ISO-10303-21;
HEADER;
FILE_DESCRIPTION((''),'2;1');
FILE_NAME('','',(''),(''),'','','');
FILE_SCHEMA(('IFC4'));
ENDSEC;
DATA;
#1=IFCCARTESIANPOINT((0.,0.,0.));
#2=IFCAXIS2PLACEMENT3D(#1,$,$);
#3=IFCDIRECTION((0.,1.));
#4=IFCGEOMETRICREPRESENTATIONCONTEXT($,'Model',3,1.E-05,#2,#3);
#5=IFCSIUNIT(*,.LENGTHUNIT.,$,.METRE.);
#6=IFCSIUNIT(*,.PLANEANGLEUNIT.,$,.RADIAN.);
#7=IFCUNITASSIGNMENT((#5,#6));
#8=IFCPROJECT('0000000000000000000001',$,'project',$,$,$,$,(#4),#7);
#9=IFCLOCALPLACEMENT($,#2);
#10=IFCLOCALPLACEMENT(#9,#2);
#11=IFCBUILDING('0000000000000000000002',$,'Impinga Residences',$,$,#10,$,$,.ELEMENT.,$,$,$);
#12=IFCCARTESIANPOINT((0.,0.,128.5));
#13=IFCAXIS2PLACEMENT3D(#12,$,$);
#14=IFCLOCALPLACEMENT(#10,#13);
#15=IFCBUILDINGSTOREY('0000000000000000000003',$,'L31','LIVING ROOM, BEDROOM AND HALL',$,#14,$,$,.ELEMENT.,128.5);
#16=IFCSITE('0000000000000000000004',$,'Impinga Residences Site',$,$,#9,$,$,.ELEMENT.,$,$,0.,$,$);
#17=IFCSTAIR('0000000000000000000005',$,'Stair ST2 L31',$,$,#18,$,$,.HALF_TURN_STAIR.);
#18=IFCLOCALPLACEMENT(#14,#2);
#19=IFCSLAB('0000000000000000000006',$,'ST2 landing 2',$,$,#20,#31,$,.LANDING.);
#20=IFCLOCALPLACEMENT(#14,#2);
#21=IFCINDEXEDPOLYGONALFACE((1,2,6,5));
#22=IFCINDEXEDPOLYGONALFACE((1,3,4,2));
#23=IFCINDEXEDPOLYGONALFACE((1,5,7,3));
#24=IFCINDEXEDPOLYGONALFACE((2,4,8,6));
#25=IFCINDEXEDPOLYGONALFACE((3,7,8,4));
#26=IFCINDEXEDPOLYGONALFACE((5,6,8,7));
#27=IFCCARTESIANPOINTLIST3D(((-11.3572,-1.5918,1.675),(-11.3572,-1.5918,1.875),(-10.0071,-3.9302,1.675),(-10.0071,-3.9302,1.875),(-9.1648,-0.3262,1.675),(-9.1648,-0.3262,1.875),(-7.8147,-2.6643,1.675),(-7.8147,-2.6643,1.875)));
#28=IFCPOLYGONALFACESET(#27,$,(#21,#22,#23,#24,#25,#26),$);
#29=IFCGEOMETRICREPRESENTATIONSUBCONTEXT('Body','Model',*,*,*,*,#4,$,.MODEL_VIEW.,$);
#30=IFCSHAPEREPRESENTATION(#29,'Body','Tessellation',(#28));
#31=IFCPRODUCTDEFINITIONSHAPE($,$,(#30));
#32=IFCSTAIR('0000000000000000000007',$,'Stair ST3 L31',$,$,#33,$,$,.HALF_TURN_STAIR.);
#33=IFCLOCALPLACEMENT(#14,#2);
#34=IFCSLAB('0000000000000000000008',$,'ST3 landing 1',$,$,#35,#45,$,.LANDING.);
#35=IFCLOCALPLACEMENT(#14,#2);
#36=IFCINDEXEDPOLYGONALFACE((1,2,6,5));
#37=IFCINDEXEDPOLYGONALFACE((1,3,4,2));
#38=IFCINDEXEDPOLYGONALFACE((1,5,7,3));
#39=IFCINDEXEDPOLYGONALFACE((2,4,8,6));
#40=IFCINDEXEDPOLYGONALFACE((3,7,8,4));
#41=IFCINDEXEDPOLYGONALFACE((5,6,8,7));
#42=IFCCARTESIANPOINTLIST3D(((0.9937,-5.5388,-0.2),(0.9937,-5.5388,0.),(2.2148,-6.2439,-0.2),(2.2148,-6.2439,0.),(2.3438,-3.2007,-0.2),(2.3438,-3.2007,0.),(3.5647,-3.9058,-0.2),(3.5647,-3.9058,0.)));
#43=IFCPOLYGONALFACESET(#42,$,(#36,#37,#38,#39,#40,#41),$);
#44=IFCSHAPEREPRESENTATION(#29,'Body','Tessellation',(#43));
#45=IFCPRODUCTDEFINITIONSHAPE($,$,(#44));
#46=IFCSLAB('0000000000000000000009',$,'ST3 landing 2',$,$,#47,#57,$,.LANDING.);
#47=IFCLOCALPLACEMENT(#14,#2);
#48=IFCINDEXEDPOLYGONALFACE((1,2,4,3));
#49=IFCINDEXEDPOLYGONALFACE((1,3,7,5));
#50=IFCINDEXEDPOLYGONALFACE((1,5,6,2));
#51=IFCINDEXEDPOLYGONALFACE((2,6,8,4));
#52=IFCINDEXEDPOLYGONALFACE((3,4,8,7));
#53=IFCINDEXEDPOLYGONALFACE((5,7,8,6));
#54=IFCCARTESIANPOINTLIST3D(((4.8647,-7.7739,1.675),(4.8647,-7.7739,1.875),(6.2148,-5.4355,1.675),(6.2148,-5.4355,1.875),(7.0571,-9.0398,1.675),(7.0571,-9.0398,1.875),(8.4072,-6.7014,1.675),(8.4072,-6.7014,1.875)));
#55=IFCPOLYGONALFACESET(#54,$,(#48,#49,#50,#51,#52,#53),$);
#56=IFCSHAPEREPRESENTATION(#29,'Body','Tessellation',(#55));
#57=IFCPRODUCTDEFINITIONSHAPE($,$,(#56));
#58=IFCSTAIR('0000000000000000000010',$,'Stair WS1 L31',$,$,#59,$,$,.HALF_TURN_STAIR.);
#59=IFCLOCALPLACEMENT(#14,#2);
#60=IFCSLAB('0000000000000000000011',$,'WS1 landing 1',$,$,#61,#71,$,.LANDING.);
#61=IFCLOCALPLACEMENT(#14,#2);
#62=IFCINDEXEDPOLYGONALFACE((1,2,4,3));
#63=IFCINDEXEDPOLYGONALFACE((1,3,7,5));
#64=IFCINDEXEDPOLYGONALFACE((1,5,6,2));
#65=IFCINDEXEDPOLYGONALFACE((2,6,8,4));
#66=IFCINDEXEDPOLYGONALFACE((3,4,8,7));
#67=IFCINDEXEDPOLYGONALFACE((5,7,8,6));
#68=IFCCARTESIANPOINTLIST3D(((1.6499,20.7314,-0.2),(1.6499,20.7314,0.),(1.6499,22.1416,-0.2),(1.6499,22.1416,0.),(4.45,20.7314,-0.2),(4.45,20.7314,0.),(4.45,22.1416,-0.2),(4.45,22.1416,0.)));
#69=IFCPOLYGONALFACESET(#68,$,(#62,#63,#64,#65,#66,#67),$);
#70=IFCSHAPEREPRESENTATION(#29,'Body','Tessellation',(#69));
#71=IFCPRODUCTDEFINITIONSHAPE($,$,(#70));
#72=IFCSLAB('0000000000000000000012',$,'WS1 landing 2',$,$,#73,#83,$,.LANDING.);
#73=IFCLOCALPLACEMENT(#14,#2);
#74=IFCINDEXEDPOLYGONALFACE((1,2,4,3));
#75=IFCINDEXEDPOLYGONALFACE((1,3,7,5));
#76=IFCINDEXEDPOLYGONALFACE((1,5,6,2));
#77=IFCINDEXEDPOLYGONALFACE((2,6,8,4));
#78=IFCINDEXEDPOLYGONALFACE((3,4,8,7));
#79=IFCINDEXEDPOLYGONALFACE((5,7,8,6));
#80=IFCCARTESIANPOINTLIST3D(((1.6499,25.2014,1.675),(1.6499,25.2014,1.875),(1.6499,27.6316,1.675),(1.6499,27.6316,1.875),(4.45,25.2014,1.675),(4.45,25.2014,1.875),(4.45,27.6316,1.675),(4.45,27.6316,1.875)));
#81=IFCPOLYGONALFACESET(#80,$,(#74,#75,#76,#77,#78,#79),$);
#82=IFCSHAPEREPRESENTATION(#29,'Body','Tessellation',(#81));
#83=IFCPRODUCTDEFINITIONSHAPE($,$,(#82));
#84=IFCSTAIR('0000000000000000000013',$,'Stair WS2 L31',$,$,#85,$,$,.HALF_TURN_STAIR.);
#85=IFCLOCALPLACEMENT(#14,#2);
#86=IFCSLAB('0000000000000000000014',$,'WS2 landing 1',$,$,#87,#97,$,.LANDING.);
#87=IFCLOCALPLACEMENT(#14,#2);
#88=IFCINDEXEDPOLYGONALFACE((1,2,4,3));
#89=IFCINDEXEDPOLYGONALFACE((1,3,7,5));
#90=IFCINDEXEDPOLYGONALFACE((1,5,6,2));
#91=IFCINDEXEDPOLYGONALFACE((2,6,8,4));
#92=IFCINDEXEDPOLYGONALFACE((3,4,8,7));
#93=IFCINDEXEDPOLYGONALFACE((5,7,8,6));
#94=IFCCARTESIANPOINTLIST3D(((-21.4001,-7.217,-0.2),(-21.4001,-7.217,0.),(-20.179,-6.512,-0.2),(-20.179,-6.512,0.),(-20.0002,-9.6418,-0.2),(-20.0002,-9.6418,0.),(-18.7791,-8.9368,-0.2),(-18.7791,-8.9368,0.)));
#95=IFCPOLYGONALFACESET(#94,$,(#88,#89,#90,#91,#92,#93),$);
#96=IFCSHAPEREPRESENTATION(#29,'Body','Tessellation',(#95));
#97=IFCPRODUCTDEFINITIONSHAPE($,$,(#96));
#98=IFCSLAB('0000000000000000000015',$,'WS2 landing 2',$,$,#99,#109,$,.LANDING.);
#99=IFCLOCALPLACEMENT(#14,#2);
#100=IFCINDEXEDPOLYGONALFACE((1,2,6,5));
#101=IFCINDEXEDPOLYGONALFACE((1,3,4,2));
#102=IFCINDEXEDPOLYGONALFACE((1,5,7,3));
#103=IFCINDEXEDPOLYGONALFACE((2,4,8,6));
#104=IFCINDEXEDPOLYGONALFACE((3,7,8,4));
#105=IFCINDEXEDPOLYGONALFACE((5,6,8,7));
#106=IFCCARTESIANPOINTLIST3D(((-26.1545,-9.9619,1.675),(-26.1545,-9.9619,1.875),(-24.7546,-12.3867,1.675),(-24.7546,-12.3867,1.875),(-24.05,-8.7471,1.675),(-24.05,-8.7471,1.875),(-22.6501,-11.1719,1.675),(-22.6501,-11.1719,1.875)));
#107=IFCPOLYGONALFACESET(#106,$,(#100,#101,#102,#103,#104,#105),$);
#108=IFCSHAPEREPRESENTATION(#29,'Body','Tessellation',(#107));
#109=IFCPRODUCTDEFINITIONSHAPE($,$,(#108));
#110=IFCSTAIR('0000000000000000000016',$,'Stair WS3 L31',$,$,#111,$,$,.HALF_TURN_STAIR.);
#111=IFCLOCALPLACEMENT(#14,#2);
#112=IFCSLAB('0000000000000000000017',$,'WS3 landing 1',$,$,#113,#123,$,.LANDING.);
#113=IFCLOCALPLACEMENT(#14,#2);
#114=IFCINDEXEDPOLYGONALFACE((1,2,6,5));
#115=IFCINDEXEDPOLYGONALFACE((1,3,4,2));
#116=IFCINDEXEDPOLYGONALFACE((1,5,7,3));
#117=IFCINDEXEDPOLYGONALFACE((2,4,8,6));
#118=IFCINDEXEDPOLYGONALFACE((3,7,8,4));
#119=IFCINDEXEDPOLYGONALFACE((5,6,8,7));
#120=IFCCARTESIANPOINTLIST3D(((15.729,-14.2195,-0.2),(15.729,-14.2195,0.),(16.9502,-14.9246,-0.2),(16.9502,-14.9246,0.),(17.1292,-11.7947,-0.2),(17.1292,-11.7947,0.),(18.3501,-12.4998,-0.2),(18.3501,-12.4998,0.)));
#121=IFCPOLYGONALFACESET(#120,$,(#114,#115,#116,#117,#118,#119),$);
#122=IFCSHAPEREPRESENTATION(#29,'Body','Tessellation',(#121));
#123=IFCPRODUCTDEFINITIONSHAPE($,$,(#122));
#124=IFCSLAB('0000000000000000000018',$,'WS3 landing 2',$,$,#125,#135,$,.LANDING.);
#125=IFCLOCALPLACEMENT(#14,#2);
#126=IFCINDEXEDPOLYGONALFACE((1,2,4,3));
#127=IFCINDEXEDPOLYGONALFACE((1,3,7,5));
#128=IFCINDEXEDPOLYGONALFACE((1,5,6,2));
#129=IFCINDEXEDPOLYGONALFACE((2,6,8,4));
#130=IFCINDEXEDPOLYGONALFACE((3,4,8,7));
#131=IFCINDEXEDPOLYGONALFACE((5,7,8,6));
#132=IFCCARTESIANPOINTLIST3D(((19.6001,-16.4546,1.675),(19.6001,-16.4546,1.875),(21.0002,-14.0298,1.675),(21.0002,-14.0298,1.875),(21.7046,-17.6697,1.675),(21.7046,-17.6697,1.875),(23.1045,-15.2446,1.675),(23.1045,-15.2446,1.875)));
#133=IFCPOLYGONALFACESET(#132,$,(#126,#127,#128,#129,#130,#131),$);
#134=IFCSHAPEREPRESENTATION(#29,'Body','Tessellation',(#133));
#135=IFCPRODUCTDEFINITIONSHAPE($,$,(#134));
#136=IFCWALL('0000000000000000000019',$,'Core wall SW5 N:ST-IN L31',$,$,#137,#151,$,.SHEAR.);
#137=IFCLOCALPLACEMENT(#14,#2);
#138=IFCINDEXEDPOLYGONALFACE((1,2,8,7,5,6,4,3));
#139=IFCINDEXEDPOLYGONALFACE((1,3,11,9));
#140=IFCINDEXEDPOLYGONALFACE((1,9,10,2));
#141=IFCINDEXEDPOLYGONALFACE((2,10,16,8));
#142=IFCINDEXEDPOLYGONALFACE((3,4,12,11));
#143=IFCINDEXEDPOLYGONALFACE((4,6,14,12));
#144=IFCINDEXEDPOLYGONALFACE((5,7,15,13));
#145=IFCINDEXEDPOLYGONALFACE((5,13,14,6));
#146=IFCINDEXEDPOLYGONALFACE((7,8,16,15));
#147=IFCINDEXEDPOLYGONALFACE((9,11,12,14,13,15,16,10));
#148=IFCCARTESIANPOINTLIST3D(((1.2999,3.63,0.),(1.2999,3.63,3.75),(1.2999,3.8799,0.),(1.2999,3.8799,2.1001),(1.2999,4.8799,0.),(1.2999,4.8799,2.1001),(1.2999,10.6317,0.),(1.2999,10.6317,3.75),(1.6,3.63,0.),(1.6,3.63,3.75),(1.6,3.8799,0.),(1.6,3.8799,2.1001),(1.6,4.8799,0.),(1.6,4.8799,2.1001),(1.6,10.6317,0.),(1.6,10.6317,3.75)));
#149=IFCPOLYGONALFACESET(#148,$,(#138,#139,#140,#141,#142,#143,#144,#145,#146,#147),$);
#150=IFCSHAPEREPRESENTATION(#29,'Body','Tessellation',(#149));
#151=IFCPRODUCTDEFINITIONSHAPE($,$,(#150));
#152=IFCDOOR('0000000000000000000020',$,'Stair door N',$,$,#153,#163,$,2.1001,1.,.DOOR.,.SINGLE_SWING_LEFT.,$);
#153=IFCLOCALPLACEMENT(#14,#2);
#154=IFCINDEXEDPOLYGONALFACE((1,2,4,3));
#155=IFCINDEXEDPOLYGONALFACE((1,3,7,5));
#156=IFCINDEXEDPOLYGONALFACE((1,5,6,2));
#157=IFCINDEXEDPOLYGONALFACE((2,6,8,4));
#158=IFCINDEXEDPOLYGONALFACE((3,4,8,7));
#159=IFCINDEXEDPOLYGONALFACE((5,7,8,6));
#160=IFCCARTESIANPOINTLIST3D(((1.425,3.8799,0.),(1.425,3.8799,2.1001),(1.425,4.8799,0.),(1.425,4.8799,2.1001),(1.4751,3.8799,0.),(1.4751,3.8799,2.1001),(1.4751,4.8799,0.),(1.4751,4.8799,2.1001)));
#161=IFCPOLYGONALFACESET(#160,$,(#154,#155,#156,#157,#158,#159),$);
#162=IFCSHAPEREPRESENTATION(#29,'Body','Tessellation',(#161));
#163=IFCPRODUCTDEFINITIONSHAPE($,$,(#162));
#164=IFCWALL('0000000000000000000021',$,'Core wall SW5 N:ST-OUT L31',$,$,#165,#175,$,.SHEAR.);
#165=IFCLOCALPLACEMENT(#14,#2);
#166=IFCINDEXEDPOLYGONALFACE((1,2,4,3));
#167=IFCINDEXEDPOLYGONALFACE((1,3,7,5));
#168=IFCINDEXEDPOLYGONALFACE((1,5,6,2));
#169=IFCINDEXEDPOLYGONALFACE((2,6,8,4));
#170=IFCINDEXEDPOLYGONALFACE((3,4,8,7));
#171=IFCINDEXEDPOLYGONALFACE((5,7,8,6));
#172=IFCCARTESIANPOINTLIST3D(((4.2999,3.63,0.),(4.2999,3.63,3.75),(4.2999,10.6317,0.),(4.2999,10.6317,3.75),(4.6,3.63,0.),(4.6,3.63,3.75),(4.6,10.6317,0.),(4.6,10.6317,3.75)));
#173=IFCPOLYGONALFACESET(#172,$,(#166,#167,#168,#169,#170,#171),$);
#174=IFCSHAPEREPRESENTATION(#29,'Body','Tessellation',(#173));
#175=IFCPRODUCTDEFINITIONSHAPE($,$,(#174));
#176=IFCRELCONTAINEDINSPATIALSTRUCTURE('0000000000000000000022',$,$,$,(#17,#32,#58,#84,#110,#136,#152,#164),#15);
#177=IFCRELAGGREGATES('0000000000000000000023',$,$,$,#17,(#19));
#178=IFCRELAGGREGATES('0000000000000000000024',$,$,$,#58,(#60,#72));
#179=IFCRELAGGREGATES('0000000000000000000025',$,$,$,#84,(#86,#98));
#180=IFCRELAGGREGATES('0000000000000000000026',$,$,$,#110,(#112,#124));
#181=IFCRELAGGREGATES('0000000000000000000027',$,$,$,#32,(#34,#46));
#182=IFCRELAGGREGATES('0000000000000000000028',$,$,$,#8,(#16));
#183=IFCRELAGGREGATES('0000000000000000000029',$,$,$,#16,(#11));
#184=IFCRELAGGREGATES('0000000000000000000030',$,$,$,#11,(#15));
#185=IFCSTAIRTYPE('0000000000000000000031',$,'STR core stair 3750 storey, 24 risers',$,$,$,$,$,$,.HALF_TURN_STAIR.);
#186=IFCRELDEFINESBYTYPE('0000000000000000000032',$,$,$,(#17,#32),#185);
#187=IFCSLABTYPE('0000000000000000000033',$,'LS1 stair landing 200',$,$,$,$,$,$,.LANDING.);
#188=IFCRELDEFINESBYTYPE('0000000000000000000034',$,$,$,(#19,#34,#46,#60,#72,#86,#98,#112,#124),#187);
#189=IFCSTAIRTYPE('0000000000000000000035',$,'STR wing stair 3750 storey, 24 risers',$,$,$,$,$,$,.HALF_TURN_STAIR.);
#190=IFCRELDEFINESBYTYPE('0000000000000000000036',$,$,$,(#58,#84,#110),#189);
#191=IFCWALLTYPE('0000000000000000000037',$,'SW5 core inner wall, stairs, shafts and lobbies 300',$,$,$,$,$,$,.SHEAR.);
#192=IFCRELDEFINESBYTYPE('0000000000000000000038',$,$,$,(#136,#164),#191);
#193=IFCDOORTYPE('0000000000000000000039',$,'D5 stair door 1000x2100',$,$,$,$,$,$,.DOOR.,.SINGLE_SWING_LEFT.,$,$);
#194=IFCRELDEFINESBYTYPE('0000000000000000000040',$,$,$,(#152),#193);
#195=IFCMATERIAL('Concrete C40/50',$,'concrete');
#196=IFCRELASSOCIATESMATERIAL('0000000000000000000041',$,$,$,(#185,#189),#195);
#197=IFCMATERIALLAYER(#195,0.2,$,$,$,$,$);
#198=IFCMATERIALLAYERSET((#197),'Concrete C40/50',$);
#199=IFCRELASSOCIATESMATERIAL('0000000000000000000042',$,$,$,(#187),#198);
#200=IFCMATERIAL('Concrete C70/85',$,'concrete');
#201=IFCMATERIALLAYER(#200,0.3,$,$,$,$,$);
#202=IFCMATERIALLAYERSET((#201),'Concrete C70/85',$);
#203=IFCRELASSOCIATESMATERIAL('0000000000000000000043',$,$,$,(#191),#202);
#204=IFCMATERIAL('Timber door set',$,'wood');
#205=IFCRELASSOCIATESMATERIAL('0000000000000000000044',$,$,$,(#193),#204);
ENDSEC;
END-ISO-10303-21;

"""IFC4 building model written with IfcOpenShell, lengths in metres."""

from ifc_helpers import new_model, si_unit, direction, frame, frame_2d, origin, place, context, subcontext, project, spatial, polyline, rectangle, outline, extrude, material, layer, layer_set, type_object, element, fill, aggregate, save


model = new_model("IFC4")

# Units and contexts
model_context = context("Model", 3, precision=1e-05, world=origin(), true_north=direction((0.0, 1.0)))
body_context = subcontext(model_context, "Body", "Model", "MODEL_VIEW")
ifc_project = project(units=[si_unit("LENGTHUNIT", "METRE"), si_unit("PLANEANGLEUNIT", "RADIAN")], contexts=[model_context])

# Site, building, storey
site_placement = place(None, origin())
site = spatial("IfcSite", under=ifc_project, at=site_placement, Name="Impinga Residences Site", CompositionType="ELEMENT", RefElevation=0.0)
building_placement = place(site_placement, origin())
building = spatial("IfcBuilding", under=site, at=building_placement, Name="Impinga Residences", CompositionType="ELEMENT")
storey_placement = place(building_placement, frame((0.0, 0.0, 128.5)))
storey = spatial("IfcBuildingStorey", under=building, at=storey_placement, Name="L31", Description="LIVING ROOM, BEDROOM AND HALL", CompositionType="ELEMENT", Elevation=128.5)

# Stair, slab
ifc_material_1 = material(Name="Concrete C40/50", Category="concrete")
stair_type_1 = type_object("IfcStairType", Name="STR core stair 3750 storey, 24 risers", PredefinedType="HALF_TURN_STAIR", material=ifc_material_1)
stair_1_placement = place(storey_placement, origin())
stair_1 = element("IfcStair", 1, at=stair_1_placement, inside=storey, type_object=stair_type_1, Name="Stair ST2 L31", PredefinedType="HALF_TURN_STAIR")
ifc_layer_1 = layer(ifc_material_1, 0.2)
ifc_layer_set_1 = layer_set([ifc_layer_1], Name="Concrete C40/50")
slab_type = type_object("IfcSlabType", Name="LS1 stair landing 200", PredefinedType="LANDING", material=ifc_layer_set_1)
slab_1_placement = place(storey_placement, frame((0.0, 0.0, 1.675)))
slab_1 = element("IfcSlab", 2, at=slab_1_placement, type_object=slab_type, Name="ST2 landing 2", PredefinedType="LANDING", context=body_context, shape_type="SweptSolid", body=[
    extrude(outline(polyline([(-7.8147, -2.6643), (-9.1648, -0.3262), (-11.3572, -1.5918), (-10.0071, -3.9302), (-7.8147, -2.6643)])), origin(), (0.0, 0.0, 1.0), 0.2),
])
aggregate(stair_1, [slab_1])

# Stairs, slabs
stair_2_placement = place(storey_placement, origin())
stair_2 = element("IfcStair", 3, at=stair_2_placement, inside=storey, type_object=stair_type_1, Name="Stair ST3 L31", PredefinedType="HALF_TURN_STAIR")
slab_2_placement = place(storey_placement, frame((0.0, 0.0, -0.2)))
slab_2 = element("IfcSlab", 4, at=slab_2_placement, type_object=slab_type, Name="ST3 landing 1", PredefinedType="LANDING", context=body_context, shape_type="SweptSolid", body=[
    extrude(outline(polyline([(2.3438, -3.2007), (0.9937, -5.5388), (2.2148, -6.2439), (3.5647, -3.9058), (2.3438, -3.2007)])), origin(), (0.0, 0.0, 1.0), 0.2),
])
slab_3_placement = place(storey_placement, frame((0.0, 0.0, 1.675)))
slab_3 = element("IfcSlab", 5, at=slab_3_placement, type_object=slab_type, Name="ST3 landing 2", PredefinedType="LANDING", context=body_context, shape_type="SweptSolid", body=[
    extrude(outline(polyline([(6.2148, -5.4355), (4.8647, -7.7739), (7.0571, -9.0398), (8.4072, -6.7014), (6.2148, -5.4355)])), origin(), (0.0, 0.0, 1.0), 0.2),
])
stair_type_2 = type_object("IfcStairType", Name="STR wing stair 3750 storey, 24 risers", PredefinedType="HALF_TURN_STAIR", material=ifc_material_1)
stair_3_placement = place(storey_placement, origin())
stair_3 = element("IfcStair", 6, at=stair_3_placement, inside=storey, type_object=stair_type_2, Name="Stair WS1 L31", PredefinedType="HALF_TURN_STAIR")
slab_4_placement = place(storey_placement, frame((0.0, 0.0, -0.2)))
slab_4 = element("IfcSlab", 7, at=slab_4_placement, type_object=slab_type, Name="WS1 landing 1", PredefinedType="LANDING", context=body_context, shape_type="SweptSolid", body=[
    extrude(outline(polyline([(1.6499, 20.7314), (4.45, 20.7314), (4.45, 22.1416), (1.6499, 22.1416), (1.6499, 20.7314)])), origin(), (0.0, 0.0, 1.0), 0.2),
])
slab_5_placement = place(storey_placement, frame((0.0, 0.0, 1.675)))
slab_5 = element("IfcSlab", 8, at=slab_5_placement, type_object=slab_type, Name="WS1 landing 2", PredefinedType="LANDING", context=body_context, shape_type="SweptSolid", body=[
    extrude(outline(polyline([(1.6499, 25.2014), (4.45, 25.2014), (4.45, 27.6316), (1.6499, 27.6316), (1.6499, 25.2014)])), origin(), (0.0, 0.0, 1.0), 0.2),
])
aggregate(stair_3, [slab_4, slab_5])
stair_4_placement = place(storey_placement, origin())
stair_4 = element("IfcStair", 9, at=stair_4_placement, inside=storey, type_object=stair_type_2, Name="Stair WS2 L31", PredefinedType="HALF_TURN_STAIR")
slab_6_placement = place(storey_placement, frame((0.0, 0.0, -0.2)))
slab_6 = element("IfcSlab", 10, at=slab_6_placement, type_object=slab_type, Name="WS2 landing 1", PredefinedType="LANDING", context=body_context, shape_type="SweptSolid", body=[
    extrude(outline(polyline([(-18.7791, -8.9368), (-20.179, -6.512), (-21.4001, -7.217), (-20.0002, -9.6418), (-18.7791, -8.9368)])), origin(), (0.0, 0.0, 1.0), 0.2),
])
slab_7_placement = place(storey_placement, frame((0.0, 0.0, 1.675)))
slab_7 = element("IfcSlab", 11, at=slab_7_placement, type_object=slab_type, Name="WS2 landing 2", PredefinedType="LANDING", context=body_context, shape_type="SweptSolid", body=[
    extrude(outline(polyline([(-22.6501, -11.1719), (-24.05, -8.7471), (-26.1545, -9.9619), (-24.7546, -12.3867), (-22.6501, -11.1719)])), origin(), (0.0, 0.0, 1.0), 0.2),
])
aggregate(stair_4, [slab_6, slab_7])
stair_5_placement = place(storey_placement, origin())
stair_5 = element("IfcStair", 12, at=stair_5_placement, inside=storey, type_object=stair_type_2, Name="Stair WS3 L31", PredefinedType="HALF_TURN_STAIR")
slab_8_placement = place(storey_placement, frame((0.0, 0.0, -0.2)))
slab_8 = element("IfcSlab", 13, at=slab_8_placement, type_object=slab_type, Name="WS3 landing 1", PredefinedType="LANDING", context=body_context, shape_type="SweptSolid", body=[
    extrude(outline(polyline([(17.1292, -11.7947), (15.729, -14.2195), (16.9502, -14.9246), (18.3501, -12.4998), (17.1292, -11.7947)])), origin(), (0.0, 0.0, 1.0), 0.2),
])
slab_9_placement = place(storey_placement, frame((0.0, 0.0, 1.675)))
slab_9 = element("IfcSlab", 14, at=slab_9_placement, type_object=slab_type, Name="WS3 landing 2", PredefinedType="LANDING", context=body_context, shape_type="SweptSolid", body=[
    extrude(outline(polyline([(21.0002, -14.0298), (19.6001, -16.4546), (21.7046, -17.6697), (23.1045, -15.2446), (21.0002, -14.0298)])), origin(), (0.0, 0.0, 1.0), 0.2),
])
aggregate(stair_5, [slab_8, slab_9])

# Wall, opening, door
ifc_material_2 = material(Name="Concrete C70/85", Category="concrete")
ifc_layer_2 = layer(ifc_material_2, 0.3)
ifc_layer_set_2 = layer_set([ifc_layer_2], Name="Concrete C70/85")
wall_type = type_object("IfcWallType", Name="SW5 core inner wall, stairs, shafts and lobbies 300", PredefinedType="SHEAR", material=ifc_layer_set_2)
wall_1_placement = place(storey_placement, frame((1.45, 3.6299, 0.0), z_axis=(0.0, 0.0, 1.0), x_axis=(0.0, 1.0, 0.0)))
wall_1 = element("IfcWall", 15, at=wall_1_placement, inside=storey, type_object=wall_type, Name="Core wall SW5 N:ST-IN L31", PredefinedType="SHEAR", context=body_context, shape_type="SweptSolid", body=[
    extrude(rectangle(XDim=7.0017, YDim=0.3, at=frame_2d((3.501, 0.0))), origin(), (0.0, 0.0, 1.0), 3.75),
])
opening_1_placement = place(wall_1_placement, frame((0.25, 0.0, 0.0)))
opening_1 = element("IfcOpeningElement", 16, at=opening_1_placement, cuts=wall_1, PredefinedType="OPENING", context=body_context, shape_type="SweptSolid", body=[
    extrude(rectangle(XDim=1.0, YDim=2.1001, at=frame_2d((0.5, 1.05))), frame((0.0, 0.1599, 0.0), z_axis=(0.0, -1.0, 0.0), x_axis=(1.0, 0.0, 0.0)), (0.0, 0.0, 1.0), 0.3201),
])
ifc_material_3 = material(Name="Timber door set", Category="wood")
door_type_1 = type_object("IfcDoorType", Name="D5 stair door 1000x2100", OperationType="SINGLE_SWING_LEFT", PredefinedType="DOOR", material=ifc_material_3)
door_1_placement = place(opening_1_placement, origin())
door_1 = element("IfcDoor", 17, at=door_1_placement, inside=storey, type_object=door_type_1, Name="Stair door N", OperationType="SINGLE_SWING_LEFT", OverallHeight=2.1001, OverallWidth=1.0, PredefinedType="DOOR", context=body_context, shape_type="SweptSolid", body=[
    extrude(rectangle(XDim=1.0, YDim=2.1001, at=frame_2d((0.5, 1.05))), frame((0.0, 0.0249, 0.0), z_axis=(0.0, -1.0, 0.0), x_axis=(1.0, 0.0, 0.0)), (0.0, 0.0, 1.0), 0.05),
])
fill(opening_1, door_1)

# Wall
wall_2_placement = place(storey_placement, frame((4.45, 3.6299, 0.0), z_axis=(0.0, 0.0, 1.0), x_axis=(0.0, 1.0, 0.0)))
element("IfcWall", 18, at=wall_2_placement, inside=storey, type_object=wall_type, Name="Core wall SW5 N:ST-OUT L31", PredefinedType="SHEAR", context=body_context, shape_type="SweptSolid", body=[
    extrude(rectangle(XDim=7.0017, YDim=0.3, at=frame_2d((3.501, 0.0))), origin(), (0.0, 0.0, 1.0), 3.75),
])

aggregate(stair_2, [slab_2, slab_3])

save(model, "model.ifc")
